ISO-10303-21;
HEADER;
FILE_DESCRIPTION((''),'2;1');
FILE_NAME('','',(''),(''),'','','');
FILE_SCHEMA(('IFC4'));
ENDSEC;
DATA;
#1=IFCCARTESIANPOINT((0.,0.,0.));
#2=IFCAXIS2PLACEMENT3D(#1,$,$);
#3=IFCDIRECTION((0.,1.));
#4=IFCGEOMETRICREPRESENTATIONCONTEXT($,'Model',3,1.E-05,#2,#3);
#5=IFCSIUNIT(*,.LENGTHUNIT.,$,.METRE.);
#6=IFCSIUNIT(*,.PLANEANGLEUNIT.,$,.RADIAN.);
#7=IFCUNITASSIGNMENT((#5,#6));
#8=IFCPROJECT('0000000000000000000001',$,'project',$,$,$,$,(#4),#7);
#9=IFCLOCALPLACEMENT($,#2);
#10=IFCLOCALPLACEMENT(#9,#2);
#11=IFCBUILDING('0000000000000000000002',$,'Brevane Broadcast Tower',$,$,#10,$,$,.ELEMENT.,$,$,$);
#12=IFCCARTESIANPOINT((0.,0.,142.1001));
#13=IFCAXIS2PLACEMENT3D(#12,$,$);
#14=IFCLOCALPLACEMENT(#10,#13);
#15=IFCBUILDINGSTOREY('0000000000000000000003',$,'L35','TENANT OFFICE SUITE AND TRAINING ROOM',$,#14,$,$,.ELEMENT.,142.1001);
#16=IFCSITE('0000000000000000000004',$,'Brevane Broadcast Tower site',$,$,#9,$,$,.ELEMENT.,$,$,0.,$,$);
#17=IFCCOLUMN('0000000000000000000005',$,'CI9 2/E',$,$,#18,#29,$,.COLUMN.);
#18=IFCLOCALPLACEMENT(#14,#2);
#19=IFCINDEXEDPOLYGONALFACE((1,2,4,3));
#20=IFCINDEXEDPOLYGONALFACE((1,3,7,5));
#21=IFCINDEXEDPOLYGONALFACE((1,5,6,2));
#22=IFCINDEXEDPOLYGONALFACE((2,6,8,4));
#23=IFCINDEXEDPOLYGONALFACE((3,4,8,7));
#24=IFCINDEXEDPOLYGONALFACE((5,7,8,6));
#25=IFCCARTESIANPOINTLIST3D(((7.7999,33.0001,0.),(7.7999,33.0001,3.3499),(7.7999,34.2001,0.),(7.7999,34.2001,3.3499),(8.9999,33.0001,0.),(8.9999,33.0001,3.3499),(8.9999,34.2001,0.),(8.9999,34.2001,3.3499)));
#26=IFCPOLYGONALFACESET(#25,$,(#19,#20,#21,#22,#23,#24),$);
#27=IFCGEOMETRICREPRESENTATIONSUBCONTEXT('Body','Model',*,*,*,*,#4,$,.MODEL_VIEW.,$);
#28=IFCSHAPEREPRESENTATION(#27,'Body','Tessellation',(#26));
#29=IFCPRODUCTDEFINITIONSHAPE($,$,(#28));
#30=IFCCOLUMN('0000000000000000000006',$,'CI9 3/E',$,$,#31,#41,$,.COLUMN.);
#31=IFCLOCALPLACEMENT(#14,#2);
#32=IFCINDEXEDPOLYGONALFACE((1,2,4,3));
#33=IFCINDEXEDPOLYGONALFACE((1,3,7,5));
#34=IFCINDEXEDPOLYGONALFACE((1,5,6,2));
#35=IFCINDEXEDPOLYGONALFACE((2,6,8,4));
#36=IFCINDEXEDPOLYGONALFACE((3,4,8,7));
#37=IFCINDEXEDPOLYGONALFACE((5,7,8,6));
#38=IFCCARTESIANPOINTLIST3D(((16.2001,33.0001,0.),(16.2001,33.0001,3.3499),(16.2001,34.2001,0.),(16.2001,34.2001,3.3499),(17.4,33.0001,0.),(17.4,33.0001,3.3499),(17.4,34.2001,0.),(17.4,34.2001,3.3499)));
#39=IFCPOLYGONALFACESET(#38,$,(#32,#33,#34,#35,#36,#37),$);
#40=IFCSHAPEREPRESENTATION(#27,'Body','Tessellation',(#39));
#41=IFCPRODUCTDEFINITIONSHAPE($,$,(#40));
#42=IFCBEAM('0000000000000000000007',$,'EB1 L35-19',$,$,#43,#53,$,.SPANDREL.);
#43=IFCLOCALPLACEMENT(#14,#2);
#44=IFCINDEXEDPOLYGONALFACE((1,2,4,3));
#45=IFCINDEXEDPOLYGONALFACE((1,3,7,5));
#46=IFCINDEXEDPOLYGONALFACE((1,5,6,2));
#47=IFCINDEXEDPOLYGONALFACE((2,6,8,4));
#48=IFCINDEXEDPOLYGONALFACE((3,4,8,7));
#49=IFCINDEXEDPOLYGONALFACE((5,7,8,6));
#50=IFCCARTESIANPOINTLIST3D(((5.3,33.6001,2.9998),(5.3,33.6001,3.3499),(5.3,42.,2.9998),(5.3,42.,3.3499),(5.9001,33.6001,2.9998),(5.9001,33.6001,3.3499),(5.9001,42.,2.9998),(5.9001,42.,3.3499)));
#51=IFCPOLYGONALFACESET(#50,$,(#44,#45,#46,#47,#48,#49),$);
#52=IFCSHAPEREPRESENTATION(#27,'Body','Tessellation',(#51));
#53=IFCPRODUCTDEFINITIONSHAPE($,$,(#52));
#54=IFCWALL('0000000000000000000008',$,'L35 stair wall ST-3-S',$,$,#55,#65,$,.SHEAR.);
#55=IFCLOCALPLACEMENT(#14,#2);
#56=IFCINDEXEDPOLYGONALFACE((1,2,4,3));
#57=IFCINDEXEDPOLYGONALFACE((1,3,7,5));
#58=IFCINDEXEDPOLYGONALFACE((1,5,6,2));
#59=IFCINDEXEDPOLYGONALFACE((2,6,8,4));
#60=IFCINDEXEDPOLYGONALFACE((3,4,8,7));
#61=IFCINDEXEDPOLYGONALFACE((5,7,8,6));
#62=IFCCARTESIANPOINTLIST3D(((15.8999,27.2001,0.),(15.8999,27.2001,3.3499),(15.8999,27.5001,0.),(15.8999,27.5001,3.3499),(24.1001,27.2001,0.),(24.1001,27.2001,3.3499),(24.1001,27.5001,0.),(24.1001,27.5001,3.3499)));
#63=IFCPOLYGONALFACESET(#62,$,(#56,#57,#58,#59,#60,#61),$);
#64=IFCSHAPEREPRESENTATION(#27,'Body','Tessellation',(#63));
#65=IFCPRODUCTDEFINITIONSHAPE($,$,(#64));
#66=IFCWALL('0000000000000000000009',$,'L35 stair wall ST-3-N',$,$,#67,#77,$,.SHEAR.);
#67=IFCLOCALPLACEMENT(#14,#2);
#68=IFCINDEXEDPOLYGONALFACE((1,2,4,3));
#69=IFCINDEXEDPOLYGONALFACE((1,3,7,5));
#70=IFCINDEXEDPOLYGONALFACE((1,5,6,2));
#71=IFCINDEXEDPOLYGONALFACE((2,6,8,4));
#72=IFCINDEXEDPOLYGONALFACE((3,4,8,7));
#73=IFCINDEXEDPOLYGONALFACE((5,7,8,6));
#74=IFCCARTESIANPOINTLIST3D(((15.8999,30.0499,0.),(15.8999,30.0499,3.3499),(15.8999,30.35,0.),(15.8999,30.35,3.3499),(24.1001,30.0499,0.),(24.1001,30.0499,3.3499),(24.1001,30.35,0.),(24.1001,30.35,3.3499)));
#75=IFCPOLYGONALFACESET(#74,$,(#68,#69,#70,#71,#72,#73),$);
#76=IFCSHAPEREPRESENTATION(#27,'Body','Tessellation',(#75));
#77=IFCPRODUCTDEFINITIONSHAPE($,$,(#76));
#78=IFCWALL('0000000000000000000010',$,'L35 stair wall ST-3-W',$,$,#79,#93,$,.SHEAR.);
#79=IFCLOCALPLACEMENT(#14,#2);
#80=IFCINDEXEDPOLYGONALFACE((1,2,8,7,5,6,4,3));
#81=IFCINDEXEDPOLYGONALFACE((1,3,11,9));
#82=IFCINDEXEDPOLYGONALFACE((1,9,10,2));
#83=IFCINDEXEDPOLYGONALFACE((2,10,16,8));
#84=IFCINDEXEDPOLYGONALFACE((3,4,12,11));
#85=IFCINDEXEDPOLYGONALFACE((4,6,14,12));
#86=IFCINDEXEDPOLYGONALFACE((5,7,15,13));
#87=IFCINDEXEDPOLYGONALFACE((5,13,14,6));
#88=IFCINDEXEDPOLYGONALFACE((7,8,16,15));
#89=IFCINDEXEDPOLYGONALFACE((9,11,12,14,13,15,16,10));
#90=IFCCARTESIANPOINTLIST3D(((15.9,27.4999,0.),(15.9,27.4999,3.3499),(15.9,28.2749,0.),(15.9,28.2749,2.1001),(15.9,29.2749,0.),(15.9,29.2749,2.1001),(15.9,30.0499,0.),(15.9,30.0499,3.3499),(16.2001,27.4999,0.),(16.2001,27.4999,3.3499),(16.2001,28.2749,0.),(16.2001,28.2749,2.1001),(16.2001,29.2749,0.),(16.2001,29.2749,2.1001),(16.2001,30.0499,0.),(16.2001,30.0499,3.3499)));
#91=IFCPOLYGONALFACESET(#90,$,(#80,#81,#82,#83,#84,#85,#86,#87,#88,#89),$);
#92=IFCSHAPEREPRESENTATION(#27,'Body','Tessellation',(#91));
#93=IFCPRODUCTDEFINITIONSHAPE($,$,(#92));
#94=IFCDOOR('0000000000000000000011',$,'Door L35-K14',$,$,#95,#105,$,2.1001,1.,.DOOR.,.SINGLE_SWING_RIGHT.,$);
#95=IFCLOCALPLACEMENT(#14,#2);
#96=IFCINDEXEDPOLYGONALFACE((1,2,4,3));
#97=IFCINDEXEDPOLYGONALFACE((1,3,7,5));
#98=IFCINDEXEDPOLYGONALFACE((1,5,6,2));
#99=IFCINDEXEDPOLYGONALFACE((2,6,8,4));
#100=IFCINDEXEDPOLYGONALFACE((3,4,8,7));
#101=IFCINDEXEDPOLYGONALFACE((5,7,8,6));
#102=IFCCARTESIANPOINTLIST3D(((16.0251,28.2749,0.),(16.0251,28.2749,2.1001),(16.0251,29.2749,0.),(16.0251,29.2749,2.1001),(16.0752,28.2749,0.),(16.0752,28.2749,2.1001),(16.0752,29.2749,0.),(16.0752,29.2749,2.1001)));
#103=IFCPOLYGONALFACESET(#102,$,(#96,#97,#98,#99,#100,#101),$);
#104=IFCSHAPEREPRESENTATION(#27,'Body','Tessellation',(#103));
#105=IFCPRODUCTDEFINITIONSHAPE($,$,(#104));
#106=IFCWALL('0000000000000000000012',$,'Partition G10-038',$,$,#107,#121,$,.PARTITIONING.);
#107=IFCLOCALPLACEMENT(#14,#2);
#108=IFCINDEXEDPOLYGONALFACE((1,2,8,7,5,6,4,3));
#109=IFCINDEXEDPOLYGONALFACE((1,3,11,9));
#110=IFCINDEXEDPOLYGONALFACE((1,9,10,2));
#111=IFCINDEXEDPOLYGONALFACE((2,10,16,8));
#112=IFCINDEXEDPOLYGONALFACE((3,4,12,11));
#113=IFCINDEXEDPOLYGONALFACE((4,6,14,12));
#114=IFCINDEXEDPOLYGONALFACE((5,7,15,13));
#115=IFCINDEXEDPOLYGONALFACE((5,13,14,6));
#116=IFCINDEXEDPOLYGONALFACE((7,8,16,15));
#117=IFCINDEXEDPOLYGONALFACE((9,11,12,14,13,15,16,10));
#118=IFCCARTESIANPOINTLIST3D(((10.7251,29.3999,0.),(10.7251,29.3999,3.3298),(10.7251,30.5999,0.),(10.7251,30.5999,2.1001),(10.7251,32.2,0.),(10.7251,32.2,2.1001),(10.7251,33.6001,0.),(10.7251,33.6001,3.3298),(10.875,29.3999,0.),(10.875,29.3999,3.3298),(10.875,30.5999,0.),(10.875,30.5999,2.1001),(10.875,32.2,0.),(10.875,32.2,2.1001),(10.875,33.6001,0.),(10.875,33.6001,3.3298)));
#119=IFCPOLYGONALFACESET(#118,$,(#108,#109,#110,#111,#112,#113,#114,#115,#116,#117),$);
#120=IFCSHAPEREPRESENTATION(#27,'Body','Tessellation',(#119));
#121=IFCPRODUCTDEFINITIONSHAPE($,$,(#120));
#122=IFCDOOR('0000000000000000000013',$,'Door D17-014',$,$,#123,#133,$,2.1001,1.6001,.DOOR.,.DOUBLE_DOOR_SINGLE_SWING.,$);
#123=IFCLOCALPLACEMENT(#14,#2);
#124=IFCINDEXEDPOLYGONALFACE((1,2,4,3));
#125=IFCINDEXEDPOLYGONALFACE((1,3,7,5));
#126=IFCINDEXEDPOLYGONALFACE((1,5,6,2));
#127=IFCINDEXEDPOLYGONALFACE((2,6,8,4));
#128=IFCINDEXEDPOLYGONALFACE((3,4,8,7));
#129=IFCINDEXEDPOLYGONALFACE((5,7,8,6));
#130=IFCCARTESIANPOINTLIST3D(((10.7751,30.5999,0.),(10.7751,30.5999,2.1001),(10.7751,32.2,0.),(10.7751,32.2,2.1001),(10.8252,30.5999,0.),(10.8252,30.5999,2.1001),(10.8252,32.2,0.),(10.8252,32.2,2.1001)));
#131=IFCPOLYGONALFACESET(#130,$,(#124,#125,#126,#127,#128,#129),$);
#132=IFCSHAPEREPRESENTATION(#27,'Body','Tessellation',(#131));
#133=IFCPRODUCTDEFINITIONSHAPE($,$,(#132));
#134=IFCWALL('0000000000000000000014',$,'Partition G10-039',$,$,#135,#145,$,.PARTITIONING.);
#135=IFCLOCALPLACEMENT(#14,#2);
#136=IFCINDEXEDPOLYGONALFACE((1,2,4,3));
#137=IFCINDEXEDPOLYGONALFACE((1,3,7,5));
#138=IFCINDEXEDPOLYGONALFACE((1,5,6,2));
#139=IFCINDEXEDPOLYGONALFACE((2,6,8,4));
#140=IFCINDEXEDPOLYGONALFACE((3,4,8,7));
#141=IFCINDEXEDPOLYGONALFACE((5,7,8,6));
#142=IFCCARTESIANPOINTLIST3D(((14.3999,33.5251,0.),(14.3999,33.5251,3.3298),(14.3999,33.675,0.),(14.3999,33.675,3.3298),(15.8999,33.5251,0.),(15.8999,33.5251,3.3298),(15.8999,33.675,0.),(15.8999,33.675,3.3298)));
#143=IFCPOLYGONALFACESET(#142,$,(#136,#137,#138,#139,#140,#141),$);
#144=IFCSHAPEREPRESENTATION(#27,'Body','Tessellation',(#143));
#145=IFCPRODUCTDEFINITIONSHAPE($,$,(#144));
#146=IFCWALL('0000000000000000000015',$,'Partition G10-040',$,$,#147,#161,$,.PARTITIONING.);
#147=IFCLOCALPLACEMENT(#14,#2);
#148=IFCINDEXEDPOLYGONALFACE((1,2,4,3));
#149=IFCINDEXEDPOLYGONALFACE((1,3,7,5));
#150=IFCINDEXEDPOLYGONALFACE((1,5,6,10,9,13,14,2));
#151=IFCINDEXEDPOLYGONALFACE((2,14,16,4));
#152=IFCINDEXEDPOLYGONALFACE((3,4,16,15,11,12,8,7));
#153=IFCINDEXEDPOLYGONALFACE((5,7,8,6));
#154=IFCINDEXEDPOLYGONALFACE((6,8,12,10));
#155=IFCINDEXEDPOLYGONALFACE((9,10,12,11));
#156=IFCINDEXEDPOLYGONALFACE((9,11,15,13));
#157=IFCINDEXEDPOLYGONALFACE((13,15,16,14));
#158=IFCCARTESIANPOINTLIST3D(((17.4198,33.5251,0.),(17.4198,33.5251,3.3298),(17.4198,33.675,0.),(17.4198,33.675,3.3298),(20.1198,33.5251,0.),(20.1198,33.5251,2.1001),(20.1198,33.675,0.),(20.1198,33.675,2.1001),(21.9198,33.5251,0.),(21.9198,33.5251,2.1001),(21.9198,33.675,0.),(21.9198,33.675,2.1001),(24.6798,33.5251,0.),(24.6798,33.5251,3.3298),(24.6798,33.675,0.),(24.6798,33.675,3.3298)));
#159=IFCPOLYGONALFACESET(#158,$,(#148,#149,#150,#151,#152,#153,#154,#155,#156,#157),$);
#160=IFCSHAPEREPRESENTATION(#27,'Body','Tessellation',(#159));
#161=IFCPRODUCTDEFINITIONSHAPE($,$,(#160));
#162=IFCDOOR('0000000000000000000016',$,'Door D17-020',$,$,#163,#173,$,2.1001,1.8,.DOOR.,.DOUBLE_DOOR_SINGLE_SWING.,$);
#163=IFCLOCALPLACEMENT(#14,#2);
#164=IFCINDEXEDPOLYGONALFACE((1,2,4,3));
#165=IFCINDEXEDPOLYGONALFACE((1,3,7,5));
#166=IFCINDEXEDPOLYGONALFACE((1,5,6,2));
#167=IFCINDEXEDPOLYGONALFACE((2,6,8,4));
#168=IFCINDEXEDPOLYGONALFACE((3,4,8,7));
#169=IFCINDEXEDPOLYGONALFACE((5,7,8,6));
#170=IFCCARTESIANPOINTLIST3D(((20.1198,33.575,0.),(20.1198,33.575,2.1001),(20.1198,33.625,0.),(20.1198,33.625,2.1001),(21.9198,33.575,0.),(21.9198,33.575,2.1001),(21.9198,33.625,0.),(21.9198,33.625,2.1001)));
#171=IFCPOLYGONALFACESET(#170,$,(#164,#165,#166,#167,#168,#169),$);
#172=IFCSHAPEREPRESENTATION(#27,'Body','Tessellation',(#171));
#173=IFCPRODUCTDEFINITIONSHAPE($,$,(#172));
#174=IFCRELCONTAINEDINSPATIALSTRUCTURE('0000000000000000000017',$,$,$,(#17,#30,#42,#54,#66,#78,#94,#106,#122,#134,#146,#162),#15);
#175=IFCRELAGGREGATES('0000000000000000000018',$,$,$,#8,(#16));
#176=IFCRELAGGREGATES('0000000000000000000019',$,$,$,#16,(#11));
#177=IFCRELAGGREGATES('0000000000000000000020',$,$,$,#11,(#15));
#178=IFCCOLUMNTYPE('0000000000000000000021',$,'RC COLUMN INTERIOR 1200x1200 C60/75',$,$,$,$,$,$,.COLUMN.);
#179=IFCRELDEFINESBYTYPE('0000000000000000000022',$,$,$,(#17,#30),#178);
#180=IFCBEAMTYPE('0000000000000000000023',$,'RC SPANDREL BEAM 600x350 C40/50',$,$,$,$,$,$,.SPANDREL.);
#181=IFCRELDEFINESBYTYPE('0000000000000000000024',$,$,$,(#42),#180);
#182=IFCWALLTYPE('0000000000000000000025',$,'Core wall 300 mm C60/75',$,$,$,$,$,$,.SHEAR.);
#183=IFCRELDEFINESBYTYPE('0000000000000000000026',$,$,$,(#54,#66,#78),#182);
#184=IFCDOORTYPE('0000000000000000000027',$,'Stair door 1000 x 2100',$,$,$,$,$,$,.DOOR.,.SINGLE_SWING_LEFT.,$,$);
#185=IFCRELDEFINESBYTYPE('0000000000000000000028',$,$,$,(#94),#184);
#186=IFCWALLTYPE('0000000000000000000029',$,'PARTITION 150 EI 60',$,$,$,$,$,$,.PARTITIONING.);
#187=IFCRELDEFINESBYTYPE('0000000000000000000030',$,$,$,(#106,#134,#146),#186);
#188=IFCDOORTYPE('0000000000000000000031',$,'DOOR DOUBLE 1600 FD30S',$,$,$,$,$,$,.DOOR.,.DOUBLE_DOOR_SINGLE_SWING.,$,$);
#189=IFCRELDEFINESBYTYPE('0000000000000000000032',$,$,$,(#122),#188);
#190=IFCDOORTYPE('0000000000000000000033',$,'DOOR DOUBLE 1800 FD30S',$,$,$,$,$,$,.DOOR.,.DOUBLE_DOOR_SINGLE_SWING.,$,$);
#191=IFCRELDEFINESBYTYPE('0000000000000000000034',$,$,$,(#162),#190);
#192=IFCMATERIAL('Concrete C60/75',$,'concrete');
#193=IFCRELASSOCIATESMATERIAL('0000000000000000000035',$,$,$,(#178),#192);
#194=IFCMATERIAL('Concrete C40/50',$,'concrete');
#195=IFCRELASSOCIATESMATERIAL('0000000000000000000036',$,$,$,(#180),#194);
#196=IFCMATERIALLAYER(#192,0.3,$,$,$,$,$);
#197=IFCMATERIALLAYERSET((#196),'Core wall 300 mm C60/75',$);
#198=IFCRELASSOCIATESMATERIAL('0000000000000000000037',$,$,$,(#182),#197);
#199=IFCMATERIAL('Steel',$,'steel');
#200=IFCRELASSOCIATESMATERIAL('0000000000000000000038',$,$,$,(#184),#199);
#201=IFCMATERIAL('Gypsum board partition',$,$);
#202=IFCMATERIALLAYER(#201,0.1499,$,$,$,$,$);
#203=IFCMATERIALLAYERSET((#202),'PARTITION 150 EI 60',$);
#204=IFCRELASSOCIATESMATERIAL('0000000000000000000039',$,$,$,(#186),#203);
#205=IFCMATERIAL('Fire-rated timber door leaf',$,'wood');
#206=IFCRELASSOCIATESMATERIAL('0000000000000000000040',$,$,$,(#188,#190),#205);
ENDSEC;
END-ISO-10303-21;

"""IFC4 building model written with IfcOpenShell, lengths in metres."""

from ifc_helpers import new_model, si_unit, direction, frame, frame_2d, origin, origin_2d, place, context, subcontext, project, spatial, rectangle, extrude, material, layer, layer_set, material_profile, profile_set, type_object, element, fill, save


model = new_model("IFC4")

# Units and contexts
model_context = context("Model", 3, precision=1e-05, world=origin(), true_north=direction((0.0, 1.0)))
body_context = subcontext(model_context, "Body", "Model", "MODEL_VIEW")
ifc_project = project(units=[si_unit("LENGTHUNIT", "METRE"), si_unit("PLANEANGLEUNIT", "RADIAN")], contexts=[model_context])

# Site, building, storey
site_placement = place(None, origin())
site = spatial("IfcSite", under=ifc_project, at=site_placement, Name="Brevane Broadcast Tower site", CompositionType="ELEMENT", RefElevation=0.0)
building_placement = place(site_placement, origin())
building = spatial("IfcBuilding", under=site, at=building_placement, Name="Brevane Broadcast Tower", CompositionType="ELEMENT")
storey_placement = place(building_placement, frame((0.0, 0.0, 142.1001)))
storey = spatial("IfcBuildingStorey", under=building, at=storey_placement, Name="L35", Description="TENANT OFFICE SUITE AND TRAINING ROOM", CompositionType="ELEMENT", Elevation=142.1001)

# Columns
ifc_material_1 = material(Name="Concrete C60/75", Category="concrete")
ifc_material_profile_1 = material_profile(ifc_material_1, rectangle(XDim=1.2, YDim=1.2, at=origin_2d()), Name="RC 1200x1200")
ifc_profile_set_1 = profile_set([ifc_material_profile_1], Name="Concrete C60/75")
column_type = type_object("IfcColumnType", Name="RC COLUMN INTERIOR 1200x1200 C60/75", PredefinedType="COLUMN", material=ifc_profile_set_1)
for number, where, z_axis, x_axis, name in (
    (1, (8.3999, 33.6001, 0.0), (0.0, 0.0, 1.0), (1.0, 0.0, 0.0), "CI9 2/E"),
    (2, (16.8, 33.6001, 0.0), (0.0, 0.0, 1.0), (1.0, 0.0, 0.0), "CI9 3/E"),
):
    element("IfcColumn", number, at=place(storey_placement, frame(where, z_axis=z_axis, x_axis=x_axis)), inside=storey, type_object=column_type, Name=name, PredefinedType="COLUMN", context=body_context, shape_type="SweptSolid", body=[
        extrude(rectangle(XDim=1.2, YDim=1.2, at=origin_2d()), origin(), (0.0, 0.0, 1.0), 3.3499),
    ])

# Beam
ifc_material_2 = material(Name="Concrete C40/50", Category="concrete")
ifc_material_profile_2 = material_profile(ifc_material_2, rectangle(XDim=0.6001, YDim=0.3501, at=origin_2d()), Name="RC 600x350")
ifc_profile_set_2 = profile_set([ifc_material_profile_2], Name="Concrete C40/50")
beam_type = type_object("IfcBeamType", Name="RC SPANDREL BEAM 600x350 C40/50", PredefinedType="SPANDREL", material=ifc_profile_set_2)
beam_placement = place(storey_placement, frame((5.6001, 33.6001, 3.1748), z_axis=(0.0, 1.0, 0.0), x_axis=(-1.0, 0.0, 0.0)))
element("IfcBeam", 3, at=beam_placement, inside=storey, type_object=beam_type, Name="EB1 L35-19", PredefinedType="SPANDREL", context=body_context, shape_type="SweptSolid", body=[
    extrude(rectangle(XDim=0.6001, YDim=0.3501, at=origin_2d()), origin(), (0.0, 0.0, 1.0), 8.3999),
])

# Walls
ifc_layer_1 = layer(ifc_material_1, 0.3)
ifc_layer_set_1 = layer_set([ifc_layer_1], Name="Core wall 300 mm C60/75")
wall_type_1 = type_object("IfcWallType", Name="Core wall 300 mm C60/75", PredefinedType="SHEAR", material=ifc_layer_set_1)
for number, where, z_axis, x_axis, name in (
    (4, (15.8999, 27.3501, 0.0), (0.0, 0.0, 1.0), (1.0, 0.0, 0.0), "L35 stair wall ST-3-S"),
    (5, (15.8999, 30.2, 0.0), (0.0, 0.0, 1.0), (1.0, 0.0, 0.0), "L35 stair wall ST-3-N"),
):
    element("IfcWall", number, at=place(storey_placement, frame(where, z_axis=z_axis, x_axis=x_axis)), inside=storey, type_object=wall_type_1, Name=name, PredefinedType="SHEAR", context=body_context, shape_type="SweptSolid", body=[
        extrude(rectangle(XDim=8.2002, YDim=0.3, at=frame_2d((4.1001, 0.0))), origin(), (0.0, 0.0, 1.0), 3.3499),
    ])

# Walls, openings, doors
wall_1_placement = place(storey_placement, frame((16.05, 27.5, 0.0), z_axis=(0.0, 0.0, 1.0), x_axis=(0.0, 1.0, 0.0)))
wall_1 = element("IfcWall", 6, at=wall_1_placement, inside=storey, type_object=wall_type_1, Name="L35 stair wall ST-3-W", PredefinedType="SHEAR", context=body_context, shape_type="SweptSolid", body=[
    extrude(rectangle(XDim=2.55, YDim=0.3, at=frame_2d((1.2749, 0.0))), origin(), (0.0, 0.0, 1.0), 3.3499),
])
opening_1_placement = place(wall_1_placement, frame((0.7749, 0.0, 0.0)))
opening_1 = element("IfcOpeningElement", 7, at=opening_1_placement, cuts=wall_1, PredefinedType="OPENING", context=body_context, shape_type="SweptSolid", body=[
    extrude(rectangle(XDim=1.0, YDim=2.1001, at=frame_2d((0.5, 1.05))), frame((0.0, 0.1599, 0.0), z_axis=(0.0, -1.0, 0.0), x_axis=(1.0, 0.0, 0.0)), (0.0, 0.0, 1.0), 0.3201),
])
ifc_material_3 = material(Name="Steel", Category="steel")
door_type_1 = type_object("IfcDoorType", Name="Stair door 1000 x 2100", OperationType="SINGLE_SWING_LEFT", PredefinedType="DOOR", material=ifc_material_3)
door_1_placement = place(opening_1_placement, origin())
door_1 = element("IfcDoor", 8, at=door_1_placement, inside=storey, type_object=door_type_1, Name="Door L35-K14", OperationType="SINGLE_SWING_RIGHT", OverallHeight=2.1001, OverallWidth=1.0, PredefinedType="DOOR", context=body_context, shape_type="SweptSolid", body=[
    extrude(rectangle(XDim=1.0, YDim=2.1001, at=frame_2d((0.5, 1.05))), frame((0.0, 0.0249, 0.0), z_axis=(0.0, -1.0, 0.0), x_axis=(1.0, 0.0, 0.0)), (0.0, 0.0, 1.0), 0.05),
])
fill(opening_1, door_1)
ifc_material_4 = material(Name="Gypsum board partition")
ifc_layer_2 = layer(ifc_material_4, 0.1499)
ifc_layer_set_2 = layer_set([ifc_layer_2], Name="PARTITION 150 EI 60")
wall_type_2 = type_object("IfcWallType", Name="PARTITION 150 EI 60", PredefinedType="PARTITIONING", material=ifc_layer_set_2)
wall_2_placement = place(storey_placement, frame((10.8, 29.3999, 0.0), z_axis=(0.0, 0.0, 1.0), x_axis=(0.0, 1.0, 0.0)))
wall_2 = element("IfcWall", 9, at=wall_2_placement, inside=storey, type_object=wall_type_2, Name="Partition G10-038", PredefinedType="PARTITIONING", context=body_context, shape_type="SweptSolid", body=[
    extrude(rectangle(XDim=4.2002, YDim=0.1499, at=frame_2d((2.1001, 0.0))), origin(), (0.0, 0.0, 1.0), 3.3298),
])
opening_2_placement = place(wall_2_placement, frame((1.2, 0.0, 0.0)))
opening_2 = element("IfcOpeningElement", 10, at=opening_2_placement, cuts=wall_2, PredefinedType="OPENING", context=body_context, shape_type="SweptSolid", body=[
    extrude(rectangle(XDim=1.6001, YDim=2.1001, at=frame_2d((0.8, 1.05))), frame((0.0, 0.085, 0.0), z_axis=(0.0, -1.0, 0.0), x_axis=(1.0, 0.0, 0.0)), (0.0, 0.0, 1.0), 0.1699),
])
ifc_material_5 = material(Name="Fire-rated timber door leaf", Category="wood")
door_type_2 = type_object("IfcDoorType", Name="DOOR DOUBLE 1600 FD30S", OperationType="DOUBLE_DOOR_SINGLE_SWING", PredefinedType="DOOR", material=ifc_material_5)
door_2_placement = place(opening_2_placement, origin())
door_2 = element("IfcDoor", 11, at=door_2_placement, inside=storey, type_object=door_type_2, Name="Door D17-014", OperationType="DOUBLE_DOOR_SINGLE_SWING", OverallHeight=2.1001, OverallWidth=1.6001, PredefinedType="DOOR", context=body_context, shape_type="SweptSolid", body=[
    extrude(rectangle(XDim=1.6001, YDim=2.1001, at=frame_2d((0.8, 1.05))), frame((0.0, 0.0249, 0.0), z_axis=(0.0, -1.0, 0.0), x_axis=(1.0, 0.0, 0.0)), (0.0, 0.0, 1.0), 0.05),
])
fill(opening_2, door_2)

# Wall
wall_3_placement = place(storey_placement, frame((14.3999, 33.6001, 0.0), z_axis=(0.0, 0.0, 1.0), x_axis=(1.0, 0.0, 0.0)))
element("IfcWall", 12, at=wall_3_placement, inside=storey, type_object=wall_type_2, Name="Partition G10-039", PredefinedType="PARTITIONING", context=body_context, shape_type="SweptSolid", body=[
    extrude(rectangle(XDim=1.5, YDim=0.1499, at=frame_2d((0.75, 0.0))), origin(), (0.0, 0.0, 1.0), 3.3298),
])

# Wall, opening, door
wall_4_placement = place(storey_placement, frame((17.4199, 33.6001, 0.0), z_axis=(0.0, 0.0, 1.0), x_axis=(1.0, 0.0, 0.0)))
wall_4 = element("IfcWall", 13, at=wall_4_placement, inside=storey, type_object=wall_type_2, Name="Partition G10-040", PredefinedType="PARTITIONING", context=body_context, shape_type="SweptSolid", body=[
    extrude(rectangle(XDim=7.26, YDim=0.1499, at=frame_2d((3.6299, 0.0))), origin(), (0.0, 0.0, 1.0), 3.3298),
])
opening_3_placement = place(wall_4_placement, frame((2.7, 0.0, 0.0)))
opening_3 = element("IfcOpeningElement", 14, at=opening_3_placement, cuts=wall_4, PredefinedType="OPENING", context=body_context, shape_type="SweptSolid", body=[
    extrude(rectangle(XDim=1.8, YDim=2.1001, at=frame_2d((0.8999, 1.05))), frame((0.0, 0.085, 0.0), z_axis=(0.0, -1.0, 0.0), x_axis=(1.0, 0.0, 0.0)), (0.0, 0.0, 1.0), 0.1699),
])
door_type_3 = type_object("IfcDoorType", Name="DOOR DOUBLE 1800 FD30S", OperationType="DOUBLE_DOOR_SINGLE_SWING", PredefinedType="DOOR", material=ifc_material_5)
door_3_placement = place(opening_3_placement, origin())
door_3 = element("IfcDoor", 15, at=door_3_placement, inside=storey, type_object=door_type_3, Name="Door D17-020", OperationType="DOUBLE_DOOR_SINGLE_SWING", OverallHeight=2.1001, OverallWidth=1.8, PredefinedType="DOOR", context=body_context, shape_type="SweptSolid", body=[
    extrude(rectangle(XDim=1.8, YDim=2.1001, at=frame_2d((0.8999, 1.05))), frame((0.0, 0.0249, 0.0), z_axis=(0.0, -1.0, 0.0), x_axis=(1.0, 0.0, 0.0)), (0.0, 0.0, 1.0), 0.05),
])
fill(opening_3, door_3)

save(model, "model.ifc")
